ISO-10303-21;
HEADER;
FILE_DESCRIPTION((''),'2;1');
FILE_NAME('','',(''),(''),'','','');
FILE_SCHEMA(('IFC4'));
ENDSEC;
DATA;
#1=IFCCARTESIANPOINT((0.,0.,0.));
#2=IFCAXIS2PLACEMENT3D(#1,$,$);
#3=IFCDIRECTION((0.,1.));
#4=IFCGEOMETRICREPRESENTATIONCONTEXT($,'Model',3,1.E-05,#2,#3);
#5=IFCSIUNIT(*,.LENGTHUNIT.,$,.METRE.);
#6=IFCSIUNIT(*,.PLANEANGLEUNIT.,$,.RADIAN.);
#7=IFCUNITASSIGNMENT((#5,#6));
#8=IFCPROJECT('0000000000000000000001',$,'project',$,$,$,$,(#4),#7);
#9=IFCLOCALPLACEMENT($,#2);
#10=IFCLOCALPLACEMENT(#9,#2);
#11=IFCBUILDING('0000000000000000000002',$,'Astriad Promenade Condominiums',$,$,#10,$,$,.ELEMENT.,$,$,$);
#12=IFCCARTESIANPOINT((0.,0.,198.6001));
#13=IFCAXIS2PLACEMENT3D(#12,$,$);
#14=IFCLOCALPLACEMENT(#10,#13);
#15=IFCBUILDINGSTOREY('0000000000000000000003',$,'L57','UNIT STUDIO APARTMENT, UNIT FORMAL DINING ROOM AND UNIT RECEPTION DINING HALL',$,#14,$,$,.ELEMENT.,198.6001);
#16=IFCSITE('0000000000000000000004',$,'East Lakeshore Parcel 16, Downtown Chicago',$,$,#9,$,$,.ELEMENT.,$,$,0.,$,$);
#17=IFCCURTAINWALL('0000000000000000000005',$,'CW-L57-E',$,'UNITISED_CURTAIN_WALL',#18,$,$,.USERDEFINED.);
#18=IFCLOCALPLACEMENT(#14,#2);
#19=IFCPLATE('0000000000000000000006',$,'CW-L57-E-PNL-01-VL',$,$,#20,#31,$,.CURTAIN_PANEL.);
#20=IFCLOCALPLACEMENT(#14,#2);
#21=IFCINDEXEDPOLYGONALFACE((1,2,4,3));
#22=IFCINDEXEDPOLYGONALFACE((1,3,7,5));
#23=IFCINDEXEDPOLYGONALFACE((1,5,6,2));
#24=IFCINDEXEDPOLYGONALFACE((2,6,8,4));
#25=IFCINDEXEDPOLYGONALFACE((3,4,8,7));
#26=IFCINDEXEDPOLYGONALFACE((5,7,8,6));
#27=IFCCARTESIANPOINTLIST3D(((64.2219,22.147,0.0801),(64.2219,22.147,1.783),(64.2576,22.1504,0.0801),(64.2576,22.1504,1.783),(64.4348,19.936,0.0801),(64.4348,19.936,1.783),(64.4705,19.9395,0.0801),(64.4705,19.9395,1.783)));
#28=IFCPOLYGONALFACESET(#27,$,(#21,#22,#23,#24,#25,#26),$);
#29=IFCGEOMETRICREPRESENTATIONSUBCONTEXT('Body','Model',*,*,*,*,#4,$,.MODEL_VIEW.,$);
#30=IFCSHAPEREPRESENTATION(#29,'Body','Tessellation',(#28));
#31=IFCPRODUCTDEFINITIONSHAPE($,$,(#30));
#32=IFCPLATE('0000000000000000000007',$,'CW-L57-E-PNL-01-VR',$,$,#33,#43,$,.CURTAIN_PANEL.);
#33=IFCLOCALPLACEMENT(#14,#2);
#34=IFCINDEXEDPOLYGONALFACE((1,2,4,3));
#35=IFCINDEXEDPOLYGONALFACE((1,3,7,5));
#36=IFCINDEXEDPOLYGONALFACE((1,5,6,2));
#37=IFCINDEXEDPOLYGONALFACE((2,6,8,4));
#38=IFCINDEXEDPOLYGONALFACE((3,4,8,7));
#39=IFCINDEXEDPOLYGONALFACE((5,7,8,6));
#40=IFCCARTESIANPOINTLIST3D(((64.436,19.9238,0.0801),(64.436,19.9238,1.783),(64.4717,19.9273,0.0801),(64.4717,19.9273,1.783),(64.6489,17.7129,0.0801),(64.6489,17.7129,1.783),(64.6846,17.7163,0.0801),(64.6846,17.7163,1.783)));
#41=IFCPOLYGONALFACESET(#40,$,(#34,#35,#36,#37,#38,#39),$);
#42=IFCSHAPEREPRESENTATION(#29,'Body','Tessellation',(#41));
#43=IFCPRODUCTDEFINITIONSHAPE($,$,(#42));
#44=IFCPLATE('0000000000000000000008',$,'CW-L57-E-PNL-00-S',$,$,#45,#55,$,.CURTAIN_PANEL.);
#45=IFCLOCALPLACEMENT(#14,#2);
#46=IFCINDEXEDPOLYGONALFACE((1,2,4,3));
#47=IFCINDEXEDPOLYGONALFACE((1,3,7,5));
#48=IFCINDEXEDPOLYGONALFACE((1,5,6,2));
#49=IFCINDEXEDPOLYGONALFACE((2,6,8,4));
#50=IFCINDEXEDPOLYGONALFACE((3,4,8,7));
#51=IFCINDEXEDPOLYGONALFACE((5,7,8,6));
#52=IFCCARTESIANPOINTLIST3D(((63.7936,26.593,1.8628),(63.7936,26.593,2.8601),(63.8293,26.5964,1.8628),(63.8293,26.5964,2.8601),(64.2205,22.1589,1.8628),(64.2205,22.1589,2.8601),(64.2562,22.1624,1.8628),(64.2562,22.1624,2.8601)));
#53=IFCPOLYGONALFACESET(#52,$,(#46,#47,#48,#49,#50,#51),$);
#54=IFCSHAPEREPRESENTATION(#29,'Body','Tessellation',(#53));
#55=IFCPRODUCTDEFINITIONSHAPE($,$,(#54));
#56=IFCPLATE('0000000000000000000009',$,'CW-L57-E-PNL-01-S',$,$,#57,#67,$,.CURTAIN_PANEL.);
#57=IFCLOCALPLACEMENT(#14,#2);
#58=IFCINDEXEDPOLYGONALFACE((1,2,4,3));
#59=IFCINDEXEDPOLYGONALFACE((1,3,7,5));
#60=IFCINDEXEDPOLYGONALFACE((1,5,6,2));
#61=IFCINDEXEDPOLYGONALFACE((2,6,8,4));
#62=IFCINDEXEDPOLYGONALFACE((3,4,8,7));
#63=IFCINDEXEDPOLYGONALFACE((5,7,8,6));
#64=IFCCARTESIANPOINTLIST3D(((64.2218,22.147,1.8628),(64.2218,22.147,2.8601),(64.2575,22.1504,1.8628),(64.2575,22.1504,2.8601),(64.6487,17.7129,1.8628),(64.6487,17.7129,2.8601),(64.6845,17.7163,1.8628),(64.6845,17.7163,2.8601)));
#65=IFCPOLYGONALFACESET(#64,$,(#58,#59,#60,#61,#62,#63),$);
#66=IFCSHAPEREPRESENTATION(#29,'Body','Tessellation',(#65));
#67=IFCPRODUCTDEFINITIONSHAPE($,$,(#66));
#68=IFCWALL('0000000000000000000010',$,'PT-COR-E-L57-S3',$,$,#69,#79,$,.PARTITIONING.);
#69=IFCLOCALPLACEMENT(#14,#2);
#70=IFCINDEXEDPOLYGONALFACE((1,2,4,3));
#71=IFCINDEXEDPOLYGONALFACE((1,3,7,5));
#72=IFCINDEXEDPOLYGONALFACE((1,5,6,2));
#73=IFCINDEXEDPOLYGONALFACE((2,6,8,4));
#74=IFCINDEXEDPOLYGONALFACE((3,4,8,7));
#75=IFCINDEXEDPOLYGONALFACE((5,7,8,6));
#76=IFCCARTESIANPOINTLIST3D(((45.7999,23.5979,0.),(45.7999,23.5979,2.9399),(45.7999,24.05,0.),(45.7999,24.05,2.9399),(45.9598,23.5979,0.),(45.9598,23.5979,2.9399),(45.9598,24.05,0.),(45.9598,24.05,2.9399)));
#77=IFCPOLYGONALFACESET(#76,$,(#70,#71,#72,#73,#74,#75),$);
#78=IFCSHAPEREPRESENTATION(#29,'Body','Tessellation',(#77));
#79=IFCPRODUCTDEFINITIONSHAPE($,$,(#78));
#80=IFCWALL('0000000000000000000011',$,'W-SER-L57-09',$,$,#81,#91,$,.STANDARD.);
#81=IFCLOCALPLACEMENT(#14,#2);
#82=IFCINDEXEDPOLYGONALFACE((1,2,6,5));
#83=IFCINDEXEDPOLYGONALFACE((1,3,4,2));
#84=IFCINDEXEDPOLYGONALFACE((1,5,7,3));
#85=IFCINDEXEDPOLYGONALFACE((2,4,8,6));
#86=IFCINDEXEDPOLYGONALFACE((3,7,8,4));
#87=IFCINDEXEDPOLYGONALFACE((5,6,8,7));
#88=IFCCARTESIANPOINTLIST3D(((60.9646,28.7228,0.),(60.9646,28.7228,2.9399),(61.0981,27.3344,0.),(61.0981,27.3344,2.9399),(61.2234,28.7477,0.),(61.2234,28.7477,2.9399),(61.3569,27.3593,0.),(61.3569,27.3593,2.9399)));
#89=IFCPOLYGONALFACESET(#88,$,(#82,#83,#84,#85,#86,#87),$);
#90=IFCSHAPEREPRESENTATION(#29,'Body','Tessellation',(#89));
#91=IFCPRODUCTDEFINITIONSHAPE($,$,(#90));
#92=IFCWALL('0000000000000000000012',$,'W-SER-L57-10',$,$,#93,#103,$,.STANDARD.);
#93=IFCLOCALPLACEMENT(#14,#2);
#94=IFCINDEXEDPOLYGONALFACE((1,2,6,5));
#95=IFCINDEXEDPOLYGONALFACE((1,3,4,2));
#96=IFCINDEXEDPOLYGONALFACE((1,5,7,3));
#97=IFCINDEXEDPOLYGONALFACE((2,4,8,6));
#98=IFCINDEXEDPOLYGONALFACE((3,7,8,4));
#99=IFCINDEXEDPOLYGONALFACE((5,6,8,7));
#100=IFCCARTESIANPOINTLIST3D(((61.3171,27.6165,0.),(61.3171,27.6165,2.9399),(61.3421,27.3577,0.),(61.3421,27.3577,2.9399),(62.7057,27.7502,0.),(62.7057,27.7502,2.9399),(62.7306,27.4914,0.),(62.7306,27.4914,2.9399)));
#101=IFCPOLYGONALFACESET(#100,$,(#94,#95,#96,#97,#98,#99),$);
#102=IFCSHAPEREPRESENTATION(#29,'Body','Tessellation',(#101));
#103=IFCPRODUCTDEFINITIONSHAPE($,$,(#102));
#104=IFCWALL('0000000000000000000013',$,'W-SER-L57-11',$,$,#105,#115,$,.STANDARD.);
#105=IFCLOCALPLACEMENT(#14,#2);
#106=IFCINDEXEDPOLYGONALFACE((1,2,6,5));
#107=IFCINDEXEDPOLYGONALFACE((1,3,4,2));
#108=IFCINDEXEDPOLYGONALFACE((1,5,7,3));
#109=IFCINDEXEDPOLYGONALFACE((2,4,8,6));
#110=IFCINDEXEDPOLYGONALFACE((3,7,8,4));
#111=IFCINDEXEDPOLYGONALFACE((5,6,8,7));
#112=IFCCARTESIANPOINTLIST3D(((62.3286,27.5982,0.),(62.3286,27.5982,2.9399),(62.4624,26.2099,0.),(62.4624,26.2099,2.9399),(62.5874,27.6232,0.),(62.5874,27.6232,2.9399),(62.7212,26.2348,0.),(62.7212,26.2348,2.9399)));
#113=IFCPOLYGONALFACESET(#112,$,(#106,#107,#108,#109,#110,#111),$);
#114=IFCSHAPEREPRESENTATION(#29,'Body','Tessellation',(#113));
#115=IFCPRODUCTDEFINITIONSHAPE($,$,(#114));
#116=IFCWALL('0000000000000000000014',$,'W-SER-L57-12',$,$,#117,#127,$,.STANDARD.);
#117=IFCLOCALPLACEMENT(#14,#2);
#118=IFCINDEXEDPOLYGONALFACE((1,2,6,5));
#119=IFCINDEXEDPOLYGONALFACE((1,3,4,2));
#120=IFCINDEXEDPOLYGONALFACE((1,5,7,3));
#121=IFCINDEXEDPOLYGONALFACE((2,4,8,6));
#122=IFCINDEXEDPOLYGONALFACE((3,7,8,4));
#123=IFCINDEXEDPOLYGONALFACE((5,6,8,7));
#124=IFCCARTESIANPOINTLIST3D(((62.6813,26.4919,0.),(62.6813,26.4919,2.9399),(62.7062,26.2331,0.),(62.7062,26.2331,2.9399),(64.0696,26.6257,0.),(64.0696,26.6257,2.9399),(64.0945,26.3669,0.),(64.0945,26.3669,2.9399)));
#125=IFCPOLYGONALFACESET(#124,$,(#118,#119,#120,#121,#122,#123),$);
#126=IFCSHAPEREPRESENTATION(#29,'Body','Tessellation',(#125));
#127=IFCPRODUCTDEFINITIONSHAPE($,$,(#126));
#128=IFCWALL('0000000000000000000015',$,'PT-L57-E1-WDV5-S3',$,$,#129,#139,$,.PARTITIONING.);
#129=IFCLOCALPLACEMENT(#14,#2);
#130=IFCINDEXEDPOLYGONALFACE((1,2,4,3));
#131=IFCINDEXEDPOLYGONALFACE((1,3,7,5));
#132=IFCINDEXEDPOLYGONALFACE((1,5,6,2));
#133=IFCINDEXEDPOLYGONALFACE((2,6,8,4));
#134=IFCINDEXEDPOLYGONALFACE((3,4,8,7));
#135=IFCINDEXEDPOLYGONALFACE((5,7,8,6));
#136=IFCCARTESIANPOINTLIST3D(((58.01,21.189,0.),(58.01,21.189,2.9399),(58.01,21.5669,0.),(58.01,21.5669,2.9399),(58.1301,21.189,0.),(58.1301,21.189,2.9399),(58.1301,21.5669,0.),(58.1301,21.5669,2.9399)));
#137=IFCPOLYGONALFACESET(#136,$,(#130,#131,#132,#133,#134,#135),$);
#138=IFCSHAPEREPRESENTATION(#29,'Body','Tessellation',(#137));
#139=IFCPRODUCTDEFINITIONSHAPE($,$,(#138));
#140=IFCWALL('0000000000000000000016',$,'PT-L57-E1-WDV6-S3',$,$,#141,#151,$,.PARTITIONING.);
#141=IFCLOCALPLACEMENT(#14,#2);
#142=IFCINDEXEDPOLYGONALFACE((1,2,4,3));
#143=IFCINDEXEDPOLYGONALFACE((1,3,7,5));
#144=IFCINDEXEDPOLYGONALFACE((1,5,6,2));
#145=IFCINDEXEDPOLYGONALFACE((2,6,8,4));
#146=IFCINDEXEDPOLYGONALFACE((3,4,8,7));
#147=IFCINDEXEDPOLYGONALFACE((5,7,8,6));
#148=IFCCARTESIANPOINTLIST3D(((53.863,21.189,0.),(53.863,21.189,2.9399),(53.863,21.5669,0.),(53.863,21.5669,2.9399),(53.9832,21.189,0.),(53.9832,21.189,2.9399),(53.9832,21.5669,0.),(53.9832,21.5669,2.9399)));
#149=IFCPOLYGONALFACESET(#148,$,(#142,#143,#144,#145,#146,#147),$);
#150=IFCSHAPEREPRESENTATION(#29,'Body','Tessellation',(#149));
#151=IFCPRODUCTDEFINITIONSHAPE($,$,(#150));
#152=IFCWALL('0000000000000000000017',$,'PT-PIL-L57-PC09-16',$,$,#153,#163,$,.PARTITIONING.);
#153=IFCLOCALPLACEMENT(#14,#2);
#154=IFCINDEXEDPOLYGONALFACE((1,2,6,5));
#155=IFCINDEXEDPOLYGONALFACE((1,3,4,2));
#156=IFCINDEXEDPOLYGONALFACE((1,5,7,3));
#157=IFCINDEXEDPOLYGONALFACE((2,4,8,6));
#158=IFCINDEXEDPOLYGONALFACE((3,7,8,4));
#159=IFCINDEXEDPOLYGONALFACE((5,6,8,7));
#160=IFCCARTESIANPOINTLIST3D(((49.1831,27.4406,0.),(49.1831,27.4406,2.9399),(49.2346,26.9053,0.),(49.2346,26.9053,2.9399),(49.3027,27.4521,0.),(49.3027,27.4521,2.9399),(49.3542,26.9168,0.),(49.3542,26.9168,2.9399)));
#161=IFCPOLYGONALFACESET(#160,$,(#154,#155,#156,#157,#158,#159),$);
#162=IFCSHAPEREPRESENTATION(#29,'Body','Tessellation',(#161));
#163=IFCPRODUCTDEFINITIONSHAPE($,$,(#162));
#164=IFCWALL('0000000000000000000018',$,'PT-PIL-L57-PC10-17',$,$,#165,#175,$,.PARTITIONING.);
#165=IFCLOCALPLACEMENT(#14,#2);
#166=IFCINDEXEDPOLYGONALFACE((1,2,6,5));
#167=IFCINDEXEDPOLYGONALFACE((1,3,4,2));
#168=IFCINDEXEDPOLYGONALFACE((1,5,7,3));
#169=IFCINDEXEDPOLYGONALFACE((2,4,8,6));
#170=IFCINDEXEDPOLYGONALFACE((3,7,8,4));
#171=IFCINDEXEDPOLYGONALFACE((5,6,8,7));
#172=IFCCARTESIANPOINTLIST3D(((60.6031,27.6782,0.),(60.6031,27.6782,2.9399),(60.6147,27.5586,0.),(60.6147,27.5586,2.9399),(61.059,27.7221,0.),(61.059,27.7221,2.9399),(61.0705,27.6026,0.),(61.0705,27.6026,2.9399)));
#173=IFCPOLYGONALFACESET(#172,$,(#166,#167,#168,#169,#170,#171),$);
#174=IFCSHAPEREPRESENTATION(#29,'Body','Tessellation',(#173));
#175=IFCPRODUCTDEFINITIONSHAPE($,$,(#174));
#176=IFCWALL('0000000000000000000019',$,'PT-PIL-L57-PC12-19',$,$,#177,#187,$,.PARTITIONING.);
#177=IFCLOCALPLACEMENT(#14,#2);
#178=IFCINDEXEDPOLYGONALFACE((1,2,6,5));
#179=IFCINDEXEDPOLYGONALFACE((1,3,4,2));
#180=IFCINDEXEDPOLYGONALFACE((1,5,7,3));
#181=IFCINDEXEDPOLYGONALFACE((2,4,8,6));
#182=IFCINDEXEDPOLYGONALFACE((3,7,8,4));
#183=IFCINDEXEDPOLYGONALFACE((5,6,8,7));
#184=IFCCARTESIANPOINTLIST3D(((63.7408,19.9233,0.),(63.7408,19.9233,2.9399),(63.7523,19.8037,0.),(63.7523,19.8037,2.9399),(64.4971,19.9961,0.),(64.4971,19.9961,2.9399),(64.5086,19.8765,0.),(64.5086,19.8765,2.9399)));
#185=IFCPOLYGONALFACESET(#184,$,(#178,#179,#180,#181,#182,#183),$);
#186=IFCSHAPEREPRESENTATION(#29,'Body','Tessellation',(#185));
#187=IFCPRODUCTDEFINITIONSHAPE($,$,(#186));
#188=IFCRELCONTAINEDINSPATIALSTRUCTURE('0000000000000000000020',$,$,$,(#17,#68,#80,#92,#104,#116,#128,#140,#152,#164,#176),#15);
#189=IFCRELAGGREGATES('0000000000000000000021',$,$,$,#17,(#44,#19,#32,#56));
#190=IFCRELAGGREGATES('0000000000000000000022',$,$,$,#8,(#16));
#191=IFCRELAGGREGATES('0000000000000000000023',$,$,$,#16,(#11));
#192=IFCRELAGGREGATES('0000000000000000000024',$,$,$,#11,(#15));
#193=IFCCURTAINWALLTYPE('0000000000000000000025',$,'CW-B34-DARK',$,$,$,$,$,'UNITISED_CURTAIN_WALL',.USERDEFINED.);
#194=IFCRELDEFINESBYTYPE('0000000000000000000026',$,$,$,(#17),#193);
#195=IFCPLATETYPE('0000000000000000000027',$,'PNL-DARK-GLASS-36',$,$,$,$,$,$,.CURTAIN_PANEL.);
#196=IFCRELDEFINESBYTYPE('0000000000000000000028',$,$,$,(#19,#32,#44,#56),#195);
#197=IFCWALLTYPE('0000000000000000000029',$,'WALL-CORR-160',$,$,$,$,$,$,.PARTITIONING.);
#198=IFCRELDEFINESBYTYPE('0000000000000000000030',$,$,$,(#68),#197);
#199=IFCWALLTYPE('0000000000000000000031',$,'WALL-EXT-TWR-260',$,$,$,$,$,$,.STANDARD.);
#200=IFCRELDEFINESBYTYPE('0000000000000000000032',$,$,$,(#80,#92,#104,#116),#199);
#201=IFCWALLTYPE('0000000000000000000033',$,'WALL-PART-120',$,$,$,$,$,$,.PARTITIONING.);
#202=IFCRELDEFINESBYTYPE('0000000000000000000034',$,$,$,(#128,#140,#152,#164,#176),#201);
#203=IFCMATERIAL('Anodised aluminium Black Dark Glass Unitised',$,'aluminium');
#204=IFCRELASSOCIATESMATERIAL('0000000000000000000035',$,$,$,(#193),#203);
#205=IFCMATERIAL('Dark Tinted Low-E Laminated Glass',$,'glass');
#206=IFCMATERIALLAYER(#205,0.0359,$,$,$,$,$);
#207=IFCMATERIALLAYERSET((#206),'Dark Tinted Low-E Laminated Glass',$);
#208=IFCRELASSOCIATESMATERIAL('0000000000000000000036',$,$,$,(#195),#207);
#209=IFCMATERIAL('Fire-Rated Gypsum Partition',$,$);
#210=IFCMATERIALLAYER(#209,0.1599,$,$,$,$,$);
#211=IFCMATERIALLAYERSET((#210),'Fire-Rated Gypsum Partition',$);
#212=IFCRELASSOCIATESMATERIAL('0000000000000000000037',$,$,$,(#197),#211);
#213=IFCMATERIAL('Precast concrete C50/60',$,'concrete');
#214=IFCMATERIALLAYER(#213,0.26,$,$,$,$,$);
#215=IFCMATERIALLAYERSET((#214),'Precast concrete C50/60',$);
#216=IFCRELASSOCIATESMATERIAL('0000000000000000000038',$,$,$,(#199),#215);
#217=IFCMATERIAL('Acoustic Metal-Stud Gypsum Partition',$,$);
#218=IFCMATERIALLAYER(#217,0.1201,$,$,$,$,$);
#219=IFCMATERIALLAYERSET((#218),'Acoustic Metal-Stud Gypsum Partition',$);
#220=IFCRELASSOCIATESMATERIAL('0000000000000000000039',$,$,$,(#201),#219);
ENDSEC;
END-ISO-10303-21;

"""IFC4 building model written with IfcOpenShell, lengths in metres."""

from ifc_helpers import new_model, si_unit, direction, frame, frame_2d, origin, origin_2d, place, context, subcontext, project, spatial, rectangle, extrude, source, transform, mapped, material, layer, layer_set, type_object, type_shapes, element, aggregate, save


model = new_model("IFC4")

# Units and contexts
model_context = context("Model", 3, precision=1e-05, world=origin(), true_north=direction((0.0, 1.0)))
body_context = subcontext(model_context, "Body", "Model", "MODEL_VIEW")
ifc_project = project(units=[si_unit("LENGTHUNIT", "METRE"), si_unit("PLANEANGLEUNIT", "RADIAN")], contexts=[model_context])

# Site, building, storey
site_placement = place(None, origin())
site = spatial("IfcSite", under=ifc_project, at=site_placement, Name="East Lakeshore Parcel 16, Downtown Chicago", CompositionType="ELEMENT", RefElevation=0.0)
building_placement = place(site_placement, origin())
building = spatial("IfcBuilding", under=site, at=building_placement, Name="Astriad Promenade Condominiums", CompositionType="ELEMENT")
storey_placement = place(building_placement, frame((0.0, 0.0, 198.6001)))
storey = spatial("IfcBuildingStorey", under=building, at=storey_placement, Name="L57", Description="UNIT STUDIO APARTMENT, UNIT FORMAL DINING ROOM AND UNIT RECEPTION DINING HALL", CompositionType="ELEMENT", Elevation=198.6001)

# Curtain wall, plates
ifc_material_1 = material(Name="Anodised aluminium Black Dark Glass Unitised", Category="aluminium")
curtain_wall_type = type_object("IfcCurtainWallType", Name="CW-B34-DARK", ElementType="UNITISED_CURTAIN_WALL", PredefinedType="USERDEFINED", material=ifc_material_1)
curtain_wall_placement = place(storey_placement, origin())
curtain_wall = element("IfcCurtainWall", 1, at=curtain_wall_placement, inside=storey, type_object=curtain_wall_type, Name="CW-L57-E", ObjectType="UNITISED_CURTAIN_WALL", PredefinedType="USERDEFINED")
ifc_material_2 = material(Name="Dark Tinted Low-E Laminated Glass", Category="glass")
ifc_layer_1 = layer(ifc_material_2, 0.0359)
ifc_layer_set_1 = layer_set([ifc_layer_1], Name="Dark Tinted Low-E Laminated Glass")
plate_type = type_object("IfcPlateType", Name="PNL-DARK-GLASS-36", PredefinedType="CURTAIN_PANEL", material=ifc_layer_set_1)
shared_shape_1 = source(origin(), body_context, "Body", "SweptSolid", [
    extrude(rectangle(XDim=2.2212, YDim=0.0359, at=origin_2d()), origin(), (0.0, 0.0, 1.0), 1.7029),
])
plate_1_placement = place(storey_placement, frame((64.3462, 21.0432, 0.0801), z_axis=(0.0, 0.0, 1.0), x_axis=(0.095846, -0.995396, 0.0)))
plate_1 = element("IfcPlate", 2, at=plate_1_placement, type_object=plate_type, Name="CW-L57-E-PNL-01-VL", PredefinedType="CURTAIN_PANEL", context=body_context, shape_type="MappedRepresentation", body=[
    mapped(shared_shape_1, transform((0.0, 0.0, 0.0), scale=1.0)),
])
plate_2_placement = place(storey_placement, frame((64.5603, 18.8201, 0.0801), z_axis=(0.0, 0.0, 1.0), x_axis=(0.095846, -0.995396, 0.0)))
plate_2 = element("IfcPlate", 3, at=plate_2_placement, type_object=plate_type, Name="CW-L57-E-PNL-01-VR", PredefinedType="CURTAIN_PANEL", context=body_context, shape_type="MappedRepresentation", body=[
    mapped(shared_shape_1, transform((0.0, 0.0, 0.0), scale=1.0)),
])
shared_shape_2 = source(origin(), body_context, "Body", "SweptSolid", [
    extrude(rectangle(XDim=4.4546, YDim=0.0359, at=origin_2d()), origin(), (0.0, 0.0, 1.0), 0.9973),
])
type_shapes(plate_type, [shared_shape_1, shared_shape_2])
plate_3_placement = place(storey_placement, frame((64.0249, 24.3777, 1.8628), z_axis=(0.0, 0.0, 1.0), x_axis=(0.095846, -0.995396, 0.0)))
plate_3 = element("IfcPlate", 4, at=plate_3_placement, type_object=plate_type, Name="CW-L57-E-PNL-00-S", PredefinedType="CURTAIN_PANEL", context=body_context, shape_type="MappedRepresentation", body=[
    mapped(shared_shape_2, transform((0.0, 0.0, 0.0), scale=1.0)),
])
plate_4_placement = place(storey_placement, frame((64.4531, 19.9316, 1.8628), z_axis=(0.0, 0.0, 1.0), x_axis=(0.095846, -0.995396, 0.0)))
plate_4 = element("IfcPlate", 5, at=plate_4_placement, type_object=plate_type, Name="CW-L57-E-PNL-01-S", PredefinedType="CURTAIN_PANEL", context=body_context, shape_type="MappedRepresentation", body=[
    mapped(shared_shape_2, transform((0.0, 0.0, 0.0), scale=1.0)),
])
aggregate(curtain_wall, [plate_3, plate_1, plate_2, plate_4])

# Walls
ifc_material_3 = material(Name="Fire-Rated Gypsum Partition")
ifc_layer_2 = layer(ifc_material_3, 0.1599)
ifc_layer_set_2 = layer_set([ifc_layer_2], Name="Fire-Rated Gypsum Partition")
wall_type_1 = type_object("IfcWallType", Name="WALL-CORR-160", PredefinedType="PARTITIONING", material=ifc_layer_set_2)
wall_1_placement = place(storey_placement, frame((45.8799, 23.5979, 0.0), z_axis=(0.0, 0.0, 1.0), x_axis=(0.0, 1.0, 0.0)))
element("IfcWall", 6, at=wall_1_placement, inside=storey, type_object=wall_type_1, Name="PT-COR-E-L57-S3", PredefinedType="PARTITIONING", context=body_context, shape_type="SweptSolid", body=[
    extrude(rectangle(XDim=0.4521, YDim=0.1599, at=frame_2d((0.2261, 0.0))), origin(), (0.0, 0.0, 1.0), 2.9399),
])
ifc_material_4 = material(Name="Precast concrete C50/60", Category="concrete")
ifc_layer_3 = layer(ifc_material_4, 0.26)
ifc_layer_set_3 = layer_set([ifc_layer_3], Name="Precast concrete C50/60")
wall_type_2 = type_object("IfcWallType", Name="WALL-EXT-TWR-260", PredefinedType="STANDARD", material=ifc_layer_set_3)
wall_2_placement = place(storey_placement, frame((61.094, 28.7351, 0.0), z_axis=(0.0, 0.0, 1.0), x_axis=(0.095742, -0.995406, 0.0)))
element("IfcWall", 7, at=wall_2_placement, inside=storey, type_object=wall_type_2, Name="W-SER-L57-09", PredefinedType="STANDARD", context=body_context, shape_type="SweptSolid", body=[
    extrude(rectangle(XDim=1.3948, YDim=0.26, at=frame_2d((0.6973, 0.0))), origin(), (0.0, 0.0, 1.0), 2.9399),
])
wall_3_placement = place(storey_placement, frame((61.3296, 27.4871, 0.0), z_axis=(0.0, 0.0, 1.0), x_axis=(0.995391, 0.095899, 0.0)))
element("IfcWall", 8, at=wall_3_placement, inside=storey, type_object=wall_type_2, Name="W-SER-L57-10", PredefinedType="STANDARD", context=body_context, shape_type="SweptSolid", body=[
    extrude(rectangle(XDim=1.395, YDim=0.26, at=frame_2d((0.6975, 0.0))), origin(), (0.0, 0.0, 1.0), 2.9399),
])
for number, where, z_axis, x_axis, name in (
    (9, (62.458, 27.6106, 0.0), (0.0, 0.0, 1.0), (0.095916, -0.995389, 0.0), "W-SER-L57-11"),
    (10, (62.6938, 26.3625, 0.0), (0.0, 0.0, 1.0), (0.995389, 0.095916, 0.0), "W-SER-L57-12"),
):
    element("IfcWall", number, at=place(storey_placement, frame(where, z_axis=z_axis, x_axis=x_axis)), inside=storey, type_object=wall_type_2, Name=name, PredefinedType="STANDARD", context=body_context, shape_type="SweptSolid", body=[
        extrude(rectangle(XDim=1.3948, YDim=0.26, at=frame_2d((0.6973, 0.0))), origin(), (0.0, 0.0, 1.0), 2.9399),
    ])
ifc_material_5 = material(Name="Acoustic Metal-Stud Gypsum Partition")
ifc_layer_4 = layer(ifc_material_5, 0.1201)
ifc_layer_set_4 = layer_set([ifc_layer_4], Name="Acoustic Metal-Stud Gypsum Partition")
wall_type_3 = type_object("IfcWallType", Name="WALL-PART-120", PredefinedType="PARTITIONING", material=ifc_layer_set_4)
for number, where, z_axis, x_axis, name in (
    (11, (58.0701, 21.189, 0.0), (0.0, 0.0, 1.0), (0.0, 1.0, 0.0), "PT-L57-E1-WDV5-S3"),
    (12, (53.9231, 21.189, 0.0), (0.0, 0.0, 1.0), (0.0, 1.0, 0.0), "PT-L57-E1-WDV6-S3"),
):
    element("IfcWall", number, at=place(storey_placement, frame(where, z_axis=z_axis, x_axis=x_axis)), inside=storey, type_object=wall_type_3, Name=name, PredefinedType="PARTITIONING", context=body_context, shape_type="SweptSolid", body=[
        extrude(rectangle(XDim=0.3779, YDim=0.1201, at=frame_2d((0.189, 0.0))), origin(), (0.0, 0.0, 1.0), 2.9399),
    ])
wall_4_placement = place(storey_placement, frame((49.2944, 26.9109, 0.0), z_axis=(0.0, 0.0, 1.0), x_axis=(-0.095773, 0.995403, 0.0)))
element("IfcWall", 13, at=wall_4_placement, inside=storey, type_object=wall_type_3, Name="PT-PIL-L57-PC09-16", PredefinedType="PARTITIONING", context=body_context, shape_type="SweptSolid", body=[
    extrude(rectangle(XDim=0.5378, YDim=0.1201, at=frame_2d((0.269, 0.0))), origin(), (0.0, 0.0, 1.0), 2.9399),
])
wall_5_placement = place(storey_placement, frame((60.6089, 27.6184, 0.0), z_axis=(0.0, 0.0, 1.0), x_axis=(0.995385, 0.095966, 0.0)))
element("IfcWall", 14, at=wall_5_placement, inside=storey, type_object=wall_type_3, Name="PT-PIL-L57-PC10-17", PredefinedType="PARTITIONING", context=body_context, shape_type="SweptSolid", body=[
    extrude(rectangle(XDim=0.458, YDim=0.1201, at=frame_2d((0.229, 0.0))), origin(), (0.0, 0.0, 1.0), 2.9399),
])
wall_6_placement = place(storey_placement, frame((63.7466, 19.8635, 0.0), z_axis=(0.0, 0.0, 1.0), x_axis=(0.995405, 0.095749, 0.0)))
element("IfcWall", 15, at=wall_6_placement, inside=storey, type_object=wall_type_3, Name="PT-PIL-L57-PC12-19", PredefinedType="PARTITIONING", context=body_context, shape_type="SweptSolid", body=[
    extrude(rectangle(XDim=0.7598, YDim=0.1201, at=frame_2d((0.3799, 0.0))), origin(), (0.0, 0.0, 1.0), 2.9399),
])

save(model, "model.ifc")
